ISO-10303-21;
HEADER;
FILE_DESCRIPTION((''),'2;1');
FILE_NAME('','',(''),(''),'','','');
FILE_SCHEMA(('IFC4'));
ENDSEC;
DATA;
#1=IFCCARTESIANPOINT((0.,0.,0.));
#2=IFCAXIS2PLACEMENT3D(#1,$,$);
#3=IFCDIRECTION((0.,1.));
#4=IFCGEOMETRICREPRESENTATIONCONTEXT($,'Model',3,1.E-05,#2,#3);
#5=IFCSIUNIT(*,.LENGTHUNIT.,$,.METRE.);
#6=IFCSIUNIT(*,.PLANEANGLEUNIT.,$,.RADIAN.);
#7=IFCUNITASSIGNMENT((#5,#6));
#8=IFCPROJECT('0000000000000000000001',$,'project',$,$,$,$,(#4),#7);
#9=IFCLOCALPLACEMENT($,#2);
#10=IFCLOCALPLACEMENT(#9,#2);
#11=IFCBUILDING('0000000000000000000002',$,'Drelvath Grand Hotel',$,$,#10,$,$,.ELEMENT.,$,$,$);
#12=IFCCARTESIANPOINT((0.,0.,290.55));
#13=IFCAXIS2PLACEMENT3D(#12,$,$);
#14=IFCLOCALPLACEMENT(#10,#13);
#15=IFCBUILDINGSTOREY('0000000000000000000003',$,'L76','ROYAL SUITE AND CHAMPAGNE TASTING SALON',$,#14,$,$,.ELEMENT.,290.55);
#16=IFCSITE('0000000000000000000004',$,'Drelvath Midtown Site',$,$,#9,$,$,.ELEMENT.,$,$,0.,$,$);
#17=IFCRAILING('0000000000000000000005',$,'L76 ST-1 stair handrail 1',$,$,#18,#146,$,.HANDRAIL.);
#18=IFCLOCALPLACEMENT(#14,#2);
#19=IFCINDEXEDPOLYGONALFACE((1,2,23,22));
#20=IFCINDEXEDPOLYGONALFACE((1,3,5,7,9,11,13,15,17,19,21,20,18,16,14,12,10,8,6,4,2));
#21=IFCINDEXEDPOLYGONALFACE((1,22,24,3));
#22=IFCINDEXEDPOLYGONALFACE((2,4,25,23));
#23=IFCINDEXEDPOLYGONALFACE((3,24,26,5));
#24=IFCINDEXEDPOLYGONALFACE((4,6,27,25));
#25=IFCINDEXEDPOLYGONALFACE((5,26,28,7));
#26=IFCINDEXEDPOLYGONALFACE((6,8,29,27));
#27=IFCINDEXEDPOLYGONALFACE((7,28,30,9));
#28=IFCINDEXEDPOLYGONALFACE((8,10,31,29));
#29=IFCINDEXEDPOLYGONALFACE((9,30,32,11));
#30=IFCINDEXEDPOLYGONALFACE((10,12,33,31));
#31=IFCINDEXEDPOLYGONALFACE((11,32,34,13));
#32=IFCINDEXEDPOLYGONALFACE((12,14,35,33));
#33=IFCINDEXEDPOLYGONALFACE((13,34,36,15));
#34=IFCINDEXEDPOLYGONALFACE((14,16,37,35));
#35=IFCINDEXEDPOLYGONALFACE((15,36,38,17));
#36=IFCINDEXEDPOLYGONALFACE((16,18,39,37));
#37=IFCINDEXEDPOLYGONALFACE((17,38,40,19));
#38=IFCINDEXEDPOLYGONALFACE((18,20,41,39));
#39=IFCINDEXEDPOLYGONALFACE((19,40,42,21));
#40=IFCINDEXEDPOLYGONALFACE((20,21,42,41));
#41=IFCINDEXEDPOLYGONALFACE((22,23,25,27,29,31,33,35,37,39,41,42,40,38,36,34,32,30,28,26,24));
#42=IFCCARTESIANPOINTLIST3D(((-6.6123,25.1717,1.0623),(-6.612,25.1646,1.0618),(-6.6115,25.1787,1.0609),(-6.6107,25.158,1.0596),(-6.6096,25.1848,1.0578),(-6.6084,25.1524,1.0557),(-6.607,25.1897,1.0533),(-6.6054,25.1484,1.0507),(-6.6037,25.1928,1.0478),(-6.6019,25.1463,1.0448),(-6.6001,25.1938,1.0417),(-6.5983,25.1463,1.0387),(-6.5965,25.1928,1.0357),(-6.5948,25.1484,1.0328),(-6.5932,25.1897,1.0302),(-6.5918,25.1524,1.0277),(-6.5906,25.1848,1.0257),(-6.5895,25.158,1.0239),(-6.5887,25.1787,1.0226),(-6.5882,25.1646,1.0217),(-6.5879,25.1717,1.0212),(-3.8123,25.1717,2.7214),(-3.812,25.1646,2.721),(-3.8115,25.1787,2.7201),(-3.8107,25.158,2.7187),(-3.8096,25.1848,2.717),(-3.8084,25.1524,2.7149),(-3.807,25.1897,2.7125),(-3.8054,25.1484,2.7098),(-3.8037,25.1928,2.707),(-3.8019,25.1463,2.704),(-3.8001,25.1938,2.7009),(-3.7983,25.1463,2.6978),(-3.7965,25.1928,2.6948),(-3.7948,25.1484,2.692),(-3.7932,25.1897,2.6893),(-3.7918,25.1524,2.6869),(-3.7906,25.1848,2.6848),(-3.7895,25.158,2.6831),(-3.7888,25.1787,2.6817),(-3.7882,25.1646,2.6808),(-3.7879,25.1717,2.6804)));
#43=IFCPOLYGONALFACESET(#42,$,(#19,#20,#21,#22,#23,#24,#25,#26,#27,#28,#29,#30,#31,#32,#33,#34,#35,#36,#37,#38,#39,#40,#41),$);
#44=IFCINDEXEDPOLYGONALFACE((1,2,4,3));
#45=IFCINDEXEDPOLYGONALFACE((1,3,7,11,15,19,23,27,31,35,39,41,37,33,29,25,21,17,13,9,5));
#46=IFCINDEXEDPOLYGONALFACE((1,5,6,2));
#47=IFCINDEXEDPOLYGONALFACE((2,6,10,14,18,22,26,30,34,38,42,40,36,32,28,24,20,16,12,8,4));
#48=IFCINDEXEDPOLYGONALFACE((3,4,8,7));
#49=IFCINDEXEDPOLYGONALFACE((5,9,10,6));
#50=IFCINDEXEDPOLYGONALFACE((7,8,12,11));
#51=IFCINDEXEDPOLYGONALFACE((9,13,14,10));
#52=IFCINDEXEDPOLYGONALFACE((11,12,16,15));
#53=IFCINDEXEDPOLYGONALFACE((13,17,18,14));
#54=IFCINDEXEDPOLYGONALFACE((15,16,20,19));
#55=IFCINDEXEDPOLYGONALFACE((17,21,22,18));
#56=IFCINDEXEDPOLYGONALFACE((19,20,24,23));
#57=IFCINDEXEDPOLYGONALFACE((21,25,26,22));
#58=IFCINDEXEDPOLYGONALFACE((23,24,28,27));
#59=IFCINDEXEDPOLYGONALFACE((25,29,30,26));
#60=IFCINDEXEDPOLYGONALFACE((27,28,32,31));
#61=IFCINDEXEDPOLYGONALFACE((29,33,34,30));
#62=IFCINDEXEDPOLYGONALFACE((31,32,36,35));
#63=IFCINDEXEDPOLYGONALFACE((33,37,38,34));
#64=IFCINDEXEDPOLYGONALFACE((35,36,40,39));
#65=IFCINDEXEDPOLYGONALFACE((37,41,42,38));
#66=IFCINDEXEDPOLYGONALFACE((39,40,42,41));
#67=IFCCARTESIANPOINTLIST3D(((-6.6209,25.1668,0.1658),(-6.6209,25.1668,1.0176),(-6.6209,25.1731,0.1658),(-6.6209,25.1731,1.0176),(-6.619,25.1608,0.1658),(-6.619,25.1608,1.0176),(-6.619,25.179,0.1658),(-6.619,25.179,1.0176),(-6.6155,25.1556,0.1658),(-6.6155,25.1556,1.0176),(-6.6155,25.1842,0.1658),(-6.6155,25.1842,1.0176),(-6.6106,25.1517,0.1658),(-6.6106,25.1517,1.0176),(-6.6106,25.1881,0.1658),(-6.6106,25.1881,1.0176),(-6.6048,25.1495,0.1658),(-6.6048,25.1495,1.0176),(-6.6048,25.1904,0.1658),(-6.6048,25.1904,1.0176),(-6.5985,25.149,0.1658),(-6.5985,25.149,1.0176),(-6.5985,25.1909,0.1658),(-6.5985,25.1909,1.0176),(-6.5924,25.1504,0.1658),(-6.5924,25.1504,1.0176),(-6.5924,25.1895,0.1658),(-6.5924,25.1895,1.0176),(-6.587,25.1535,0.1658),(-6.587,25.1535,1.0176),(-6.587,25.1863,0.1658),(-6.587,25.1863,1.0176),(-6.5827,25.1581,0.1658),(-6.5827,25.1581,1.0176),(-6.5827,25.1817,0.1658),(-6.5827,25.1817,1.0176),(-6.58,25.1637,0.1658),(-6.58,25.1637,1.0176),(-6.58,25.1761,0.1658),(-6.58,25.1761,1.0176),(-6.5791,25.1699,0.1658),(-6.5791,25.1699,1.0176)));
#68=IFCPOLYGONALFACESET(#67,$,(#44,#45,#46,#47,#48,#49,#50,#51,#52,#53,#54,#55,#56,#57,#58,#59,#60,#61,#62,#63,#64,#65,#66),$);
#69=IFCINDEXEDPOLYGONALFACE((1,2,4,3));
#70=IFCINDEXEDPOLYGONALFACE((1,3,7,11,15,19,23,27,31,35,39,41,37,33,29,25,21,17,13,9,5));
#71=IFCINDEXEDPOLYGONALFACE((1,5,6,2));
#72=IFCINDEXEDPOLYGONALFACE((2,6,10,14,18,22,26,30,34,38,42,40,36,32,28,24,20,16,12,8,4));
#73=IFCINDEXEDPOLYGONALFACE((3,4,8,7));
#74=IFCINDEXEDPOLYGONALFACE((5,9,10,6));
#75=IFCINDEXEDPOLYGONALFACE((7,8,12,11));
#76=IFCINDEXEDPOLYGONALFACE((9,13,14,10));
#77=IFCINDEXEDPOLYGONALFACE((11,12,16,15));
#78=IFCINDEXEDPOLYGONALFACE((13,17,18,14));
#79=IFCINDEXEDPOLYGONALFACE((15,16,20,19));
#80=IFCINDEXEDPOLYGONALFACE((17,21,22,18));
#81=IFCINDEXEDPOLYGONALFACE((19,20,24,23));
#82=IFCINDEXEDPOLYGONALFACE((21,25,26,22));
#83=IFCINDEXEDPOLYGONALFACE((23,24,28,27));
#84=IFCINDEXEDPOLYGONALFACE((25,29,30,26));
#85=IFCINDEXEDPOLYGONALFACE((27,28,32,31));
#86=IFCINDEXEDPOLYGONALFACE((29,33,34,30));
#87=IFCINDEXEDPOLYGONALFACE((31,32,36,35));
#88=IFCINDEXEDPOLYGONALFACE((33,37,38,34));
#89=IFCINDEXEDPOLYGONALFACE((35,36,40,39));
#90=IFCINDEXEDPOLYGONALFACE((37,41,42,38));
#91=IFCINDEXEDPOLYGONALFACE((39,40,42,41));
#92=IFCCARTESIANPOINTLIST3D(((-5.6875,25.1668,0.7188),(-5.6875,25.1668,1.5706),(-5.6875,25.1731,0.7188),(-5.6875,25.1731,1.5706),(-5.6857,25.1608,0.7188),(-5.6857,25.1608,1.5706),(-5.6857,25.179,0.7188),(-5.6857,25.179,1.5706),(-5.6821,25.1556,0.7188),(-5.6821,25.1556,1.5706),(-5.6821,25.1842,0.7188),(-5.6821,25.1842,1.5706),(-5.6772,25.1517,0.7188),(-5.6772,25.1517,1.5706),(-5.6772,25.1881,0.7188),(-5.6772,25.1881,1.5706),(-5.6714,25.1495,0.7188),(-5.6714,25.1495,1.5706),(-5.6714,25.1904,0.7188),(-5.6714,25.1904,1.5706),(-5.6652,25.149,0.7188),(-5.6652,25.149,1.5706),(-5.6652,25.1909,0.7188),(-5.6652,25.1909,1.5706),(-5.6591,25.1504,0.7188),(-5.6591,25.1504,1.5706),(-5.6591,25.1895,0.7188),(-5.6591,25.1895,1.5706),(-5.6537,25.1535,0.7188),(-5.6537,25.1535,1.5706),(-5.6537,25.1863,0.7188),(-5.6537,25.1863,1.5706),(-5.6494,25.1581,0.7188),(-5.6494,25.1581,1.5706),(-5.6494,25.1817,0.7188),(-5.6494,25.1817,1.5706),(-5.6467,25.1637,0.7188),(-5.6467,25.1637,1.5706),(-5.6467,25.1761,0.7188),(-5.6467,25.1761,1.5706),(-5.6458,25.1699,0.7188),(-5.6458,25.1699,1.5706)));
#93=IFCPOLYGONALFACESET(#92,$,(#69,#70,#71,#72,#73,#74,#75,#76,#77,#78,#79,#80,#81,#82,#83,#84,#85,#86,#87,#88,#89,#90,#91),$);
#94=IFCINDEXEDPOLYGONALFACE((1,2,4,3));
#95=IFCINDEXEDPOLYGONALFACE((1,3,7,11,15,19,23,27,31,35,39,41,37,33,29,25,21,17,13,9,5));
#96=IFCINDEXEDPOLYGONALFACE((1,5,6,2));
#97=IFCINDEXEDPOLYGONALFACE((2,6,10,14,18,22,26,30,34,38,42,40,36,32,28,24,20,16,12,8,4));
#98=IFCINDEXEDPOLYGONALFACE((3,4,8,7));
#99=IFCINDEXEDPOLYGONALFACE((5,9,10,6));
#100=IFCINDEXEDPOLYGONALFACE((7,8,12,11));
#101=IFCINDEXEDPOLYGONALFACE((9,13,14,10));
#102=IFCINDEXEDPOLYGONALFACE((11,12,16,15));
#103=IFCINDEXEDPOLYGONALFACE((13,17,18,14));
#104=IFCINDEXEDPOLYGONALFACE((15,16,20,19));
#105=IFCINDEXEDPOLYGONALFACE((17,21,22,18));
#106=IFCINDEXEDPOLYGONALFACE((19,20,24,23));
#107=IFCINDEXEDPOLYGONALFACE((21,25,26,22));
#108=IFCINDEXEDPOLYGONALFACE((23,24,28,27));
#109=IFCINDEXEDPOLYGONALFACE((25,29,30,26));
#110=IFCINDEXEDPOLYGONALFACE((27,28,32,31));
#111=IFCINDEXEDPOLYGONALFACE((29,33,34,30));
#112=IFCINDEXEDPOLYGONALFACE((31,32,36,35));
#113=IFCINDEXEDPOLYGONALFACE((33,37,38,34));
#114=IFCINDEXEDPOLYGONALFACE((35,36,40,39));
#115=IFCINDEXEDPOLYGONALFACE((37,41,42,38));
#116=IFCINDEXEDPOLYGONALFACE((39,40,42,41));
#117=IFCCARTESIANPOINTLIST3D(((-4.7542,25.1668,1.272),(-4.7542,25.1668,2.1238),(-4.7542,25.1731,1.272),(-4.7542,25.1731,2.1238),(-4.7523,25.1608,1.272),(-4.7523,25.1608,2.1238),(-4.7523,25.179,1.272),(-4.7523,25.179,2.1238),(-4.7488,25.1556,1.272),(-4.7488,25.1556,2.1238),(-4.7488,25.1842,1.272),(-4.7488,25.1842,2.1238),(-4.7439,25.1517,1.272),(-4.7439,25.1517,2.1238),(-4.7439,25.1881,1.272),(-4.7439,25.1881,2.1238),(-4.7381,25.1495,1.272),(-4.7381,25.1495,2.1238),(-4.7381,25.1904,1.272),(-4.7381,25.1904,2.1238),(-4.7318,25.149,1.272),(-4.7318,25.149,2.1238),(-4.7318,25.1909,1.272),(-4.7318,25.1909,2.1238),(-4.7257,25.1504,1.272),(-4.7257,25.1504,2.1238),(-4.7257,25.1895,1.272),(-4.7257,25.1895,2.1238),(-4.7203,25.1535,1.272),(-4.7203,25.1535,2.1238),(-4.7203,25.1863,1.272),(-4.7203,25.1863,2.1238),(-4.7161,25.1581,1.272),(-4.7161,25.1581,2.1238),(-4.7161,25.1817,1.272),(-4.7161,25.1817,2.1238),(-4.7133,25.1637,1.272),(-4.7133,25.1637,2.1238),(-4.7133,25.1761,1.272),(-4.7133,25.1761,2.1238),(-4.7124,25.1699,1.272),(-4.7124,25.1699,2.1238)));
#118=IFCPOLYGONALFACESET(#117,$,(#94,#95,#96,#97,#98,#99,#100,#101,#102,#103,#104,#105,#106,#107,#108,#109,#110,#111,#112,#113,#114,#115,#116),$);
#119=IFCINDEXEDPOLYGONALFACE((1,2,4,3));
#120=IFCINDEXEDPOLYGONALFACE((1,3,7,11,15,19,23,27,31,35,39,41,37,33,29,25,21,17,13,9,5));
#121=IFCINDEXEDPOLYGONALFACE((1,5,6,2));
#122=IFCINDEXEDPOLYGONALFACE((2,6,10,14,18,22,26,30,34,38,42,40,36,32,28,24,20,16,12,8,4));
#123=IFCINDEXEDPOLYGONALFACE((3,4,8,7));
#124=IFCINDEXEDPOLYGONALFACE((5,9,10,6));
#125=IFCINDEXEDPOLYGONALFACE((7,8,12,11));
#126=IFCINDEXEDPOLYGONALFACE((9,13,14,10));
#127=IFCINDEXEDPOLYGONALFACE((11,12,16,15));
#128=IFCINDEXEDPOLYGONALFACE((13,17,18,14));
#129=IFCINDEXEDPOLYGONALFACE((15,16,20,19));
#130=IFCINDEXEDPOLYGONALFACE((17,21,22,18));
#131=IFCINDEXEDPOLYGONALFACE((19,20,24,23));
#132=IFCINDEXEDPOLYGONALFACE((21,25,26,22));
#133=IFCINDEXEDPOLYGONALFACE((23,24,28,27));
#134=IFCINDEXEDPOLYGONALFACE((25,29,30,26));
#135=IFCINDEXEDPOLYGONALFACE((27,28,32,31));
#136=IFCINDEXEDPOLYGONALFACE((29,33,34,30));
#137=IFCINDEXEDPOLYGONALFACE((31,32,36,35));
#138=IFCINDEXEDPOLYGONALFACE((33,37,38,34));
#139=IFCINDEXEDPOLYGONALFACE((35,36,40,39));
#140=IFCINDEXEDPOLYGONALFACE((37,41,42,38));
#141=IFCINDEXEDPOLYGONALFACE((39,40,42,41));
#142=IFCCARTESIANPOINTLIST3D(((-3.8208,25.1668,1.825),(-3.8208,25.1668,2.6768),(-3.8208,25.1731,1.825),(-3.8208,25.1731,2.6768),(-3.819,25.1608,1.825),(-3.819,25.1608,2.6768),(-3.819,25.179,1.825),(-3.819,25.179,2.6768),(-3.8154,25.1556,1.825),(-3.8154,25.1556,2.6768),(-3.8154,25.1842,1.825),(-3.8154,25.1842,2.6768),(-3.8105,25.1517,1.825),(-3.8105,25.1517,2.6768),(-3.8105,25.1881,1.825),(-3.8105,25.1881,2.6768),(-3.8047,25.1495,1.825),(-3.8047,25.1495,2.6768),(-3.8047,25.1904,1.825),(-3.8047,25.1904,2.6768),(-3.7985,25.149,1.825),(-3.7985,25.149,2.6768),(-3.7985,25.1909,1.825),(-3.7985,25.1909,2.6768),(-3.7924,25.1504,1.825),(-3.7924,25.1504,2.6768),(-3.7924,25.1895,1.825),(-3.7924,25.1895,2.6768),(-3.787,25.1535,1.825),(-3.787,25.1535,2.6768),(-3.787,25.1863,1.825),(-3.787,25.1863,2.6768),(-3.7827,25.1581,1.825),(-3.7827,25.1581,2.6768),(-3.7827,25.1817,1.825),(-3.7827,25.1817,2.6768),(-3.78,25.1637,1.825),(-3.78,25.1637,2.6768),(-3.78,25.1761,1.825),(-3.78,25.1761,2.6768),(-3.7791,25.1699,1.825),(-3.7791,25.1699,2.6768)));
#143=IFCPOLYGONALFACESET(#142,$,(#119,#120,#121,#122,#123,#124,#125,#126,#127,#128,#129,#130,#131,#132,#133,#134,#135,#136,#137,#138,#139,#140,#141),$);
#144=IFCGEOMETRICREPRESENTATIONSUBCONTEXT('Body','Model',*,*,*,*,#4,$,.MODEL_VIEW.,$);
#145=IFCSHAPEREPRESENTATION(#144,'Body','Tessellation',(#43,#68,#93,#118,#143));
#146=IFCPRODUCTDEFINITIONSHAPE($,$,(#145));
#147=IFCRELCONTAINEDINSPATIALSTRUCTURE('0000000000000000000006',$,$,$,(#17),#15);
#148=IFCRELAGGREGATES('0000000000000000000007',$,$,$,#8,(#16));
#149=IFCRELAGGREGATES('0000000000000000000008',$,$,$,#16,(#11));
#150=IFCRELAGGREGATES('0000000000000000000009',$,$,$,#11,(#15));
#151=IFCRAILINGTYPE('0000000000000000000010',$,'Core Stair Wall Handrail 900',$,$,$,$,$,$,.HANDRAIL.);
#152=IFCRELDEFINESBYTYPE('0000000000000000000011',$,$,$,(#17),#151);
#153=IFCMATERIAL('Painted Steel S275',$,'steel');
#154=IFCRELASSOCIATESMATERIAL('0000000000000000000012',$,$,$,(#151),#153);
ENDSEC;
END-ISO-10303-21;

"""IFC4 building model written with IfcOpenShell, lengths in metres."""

from ifc_helpers import new_model, si_unit, direction, frame, origin, origin_2d, place, context, subcontext, project, spatial, circle, extrude, material, type_object, element, save


model = new_model("IFC4")

# Units and contexts
model_context = context("Model", 3, precision=1e-05, world=origin(), true_north=direction((0.0, 1.0)))
body_context = subcontext(model_context, "Body", "Model", "MODEL_VIEW")
ifc_project = project(units=[si_unit("LENGTHUNIT", "METRE"), si_unit("PLANEANGLEUNIT", "RADIAN")], contexts=[model_context])

# Site, building, storey
site_placement = place(None, origin())
site = spatial("IfcSite", under=ifc_project, at=site_placement, Name="Drelvath Midtown Site", CompositionType="ELEMENT", RefElevation=0.0)
building_placement = place(site_placement, origin())
building = spatial("IfcBuilding", under=site, at=building_placement, Name="Drelvath Grand Hotel", CompositionType="ELEMENT")
storey_placement = place(building_placement, frame((0.0, 0.0, 290.55)))
storey = spatial("IfcBuildingStorey", under=building, at=storey_placement, Name="L76", Description="ROYAL SUITE AND CHAMPAGNE TASTING SALON", CompositionType="ELEMENT", Elevation=290.55)

# Shared definitions
ifc_material_1 = material(Name="Painted Steel S275", Category="steel")

# Railing
railing_type_1 = type_object("IfcRailingType", Name="Core Stair Wall Handrail 900", PredefinedType="HANDRAIL", material=ifc_material_1)
railing_1_placement = place(storey_placement, frame((-6.6001, 25.1699, 0.1658)))
element("IfcRailing", 1, at=railing_1_placement, inside=storey, type_object=railing_type_1, Name="L76 ST-1 stair handrail 1", PredefinedType="HANDRAIL", context=body_context, shape_type="SweptSolid", body=[
    extrude(circle(Radius=0.0239, at=origin_2d()), frame((0.0, 0.0, 0.876), z_axis=(0.860306, 0.0, 0.509778), x_axis=(0.0, 1.0, 0.0)), (0.0, 0.0, 1.0), 3.2546),
    extrude(circle(Radius=0.021, at=origin_2d()), origin(), (0.0, 0.0, 1.0), 0.8518),
    extrude(circle(Radius=0.021, at=origin_2d()), frame((0.9333, 0.0, 0.553)), (0.0, 0.0, 1.0), 0.8518),
    extrude(circle(Radius=0.021, at=origin_2d()), frame((1.8667, 0.0, 1.1062)), (0.0, 0.0, 1.0), 0.8518),
    extrude(circle(Radius=0.021, at=origin_2d()), frame((2.8, 0.0, 1.6592)), (0.0, 0.0, 1.0), 0.8518),
])

save(model, "model.ifc")
